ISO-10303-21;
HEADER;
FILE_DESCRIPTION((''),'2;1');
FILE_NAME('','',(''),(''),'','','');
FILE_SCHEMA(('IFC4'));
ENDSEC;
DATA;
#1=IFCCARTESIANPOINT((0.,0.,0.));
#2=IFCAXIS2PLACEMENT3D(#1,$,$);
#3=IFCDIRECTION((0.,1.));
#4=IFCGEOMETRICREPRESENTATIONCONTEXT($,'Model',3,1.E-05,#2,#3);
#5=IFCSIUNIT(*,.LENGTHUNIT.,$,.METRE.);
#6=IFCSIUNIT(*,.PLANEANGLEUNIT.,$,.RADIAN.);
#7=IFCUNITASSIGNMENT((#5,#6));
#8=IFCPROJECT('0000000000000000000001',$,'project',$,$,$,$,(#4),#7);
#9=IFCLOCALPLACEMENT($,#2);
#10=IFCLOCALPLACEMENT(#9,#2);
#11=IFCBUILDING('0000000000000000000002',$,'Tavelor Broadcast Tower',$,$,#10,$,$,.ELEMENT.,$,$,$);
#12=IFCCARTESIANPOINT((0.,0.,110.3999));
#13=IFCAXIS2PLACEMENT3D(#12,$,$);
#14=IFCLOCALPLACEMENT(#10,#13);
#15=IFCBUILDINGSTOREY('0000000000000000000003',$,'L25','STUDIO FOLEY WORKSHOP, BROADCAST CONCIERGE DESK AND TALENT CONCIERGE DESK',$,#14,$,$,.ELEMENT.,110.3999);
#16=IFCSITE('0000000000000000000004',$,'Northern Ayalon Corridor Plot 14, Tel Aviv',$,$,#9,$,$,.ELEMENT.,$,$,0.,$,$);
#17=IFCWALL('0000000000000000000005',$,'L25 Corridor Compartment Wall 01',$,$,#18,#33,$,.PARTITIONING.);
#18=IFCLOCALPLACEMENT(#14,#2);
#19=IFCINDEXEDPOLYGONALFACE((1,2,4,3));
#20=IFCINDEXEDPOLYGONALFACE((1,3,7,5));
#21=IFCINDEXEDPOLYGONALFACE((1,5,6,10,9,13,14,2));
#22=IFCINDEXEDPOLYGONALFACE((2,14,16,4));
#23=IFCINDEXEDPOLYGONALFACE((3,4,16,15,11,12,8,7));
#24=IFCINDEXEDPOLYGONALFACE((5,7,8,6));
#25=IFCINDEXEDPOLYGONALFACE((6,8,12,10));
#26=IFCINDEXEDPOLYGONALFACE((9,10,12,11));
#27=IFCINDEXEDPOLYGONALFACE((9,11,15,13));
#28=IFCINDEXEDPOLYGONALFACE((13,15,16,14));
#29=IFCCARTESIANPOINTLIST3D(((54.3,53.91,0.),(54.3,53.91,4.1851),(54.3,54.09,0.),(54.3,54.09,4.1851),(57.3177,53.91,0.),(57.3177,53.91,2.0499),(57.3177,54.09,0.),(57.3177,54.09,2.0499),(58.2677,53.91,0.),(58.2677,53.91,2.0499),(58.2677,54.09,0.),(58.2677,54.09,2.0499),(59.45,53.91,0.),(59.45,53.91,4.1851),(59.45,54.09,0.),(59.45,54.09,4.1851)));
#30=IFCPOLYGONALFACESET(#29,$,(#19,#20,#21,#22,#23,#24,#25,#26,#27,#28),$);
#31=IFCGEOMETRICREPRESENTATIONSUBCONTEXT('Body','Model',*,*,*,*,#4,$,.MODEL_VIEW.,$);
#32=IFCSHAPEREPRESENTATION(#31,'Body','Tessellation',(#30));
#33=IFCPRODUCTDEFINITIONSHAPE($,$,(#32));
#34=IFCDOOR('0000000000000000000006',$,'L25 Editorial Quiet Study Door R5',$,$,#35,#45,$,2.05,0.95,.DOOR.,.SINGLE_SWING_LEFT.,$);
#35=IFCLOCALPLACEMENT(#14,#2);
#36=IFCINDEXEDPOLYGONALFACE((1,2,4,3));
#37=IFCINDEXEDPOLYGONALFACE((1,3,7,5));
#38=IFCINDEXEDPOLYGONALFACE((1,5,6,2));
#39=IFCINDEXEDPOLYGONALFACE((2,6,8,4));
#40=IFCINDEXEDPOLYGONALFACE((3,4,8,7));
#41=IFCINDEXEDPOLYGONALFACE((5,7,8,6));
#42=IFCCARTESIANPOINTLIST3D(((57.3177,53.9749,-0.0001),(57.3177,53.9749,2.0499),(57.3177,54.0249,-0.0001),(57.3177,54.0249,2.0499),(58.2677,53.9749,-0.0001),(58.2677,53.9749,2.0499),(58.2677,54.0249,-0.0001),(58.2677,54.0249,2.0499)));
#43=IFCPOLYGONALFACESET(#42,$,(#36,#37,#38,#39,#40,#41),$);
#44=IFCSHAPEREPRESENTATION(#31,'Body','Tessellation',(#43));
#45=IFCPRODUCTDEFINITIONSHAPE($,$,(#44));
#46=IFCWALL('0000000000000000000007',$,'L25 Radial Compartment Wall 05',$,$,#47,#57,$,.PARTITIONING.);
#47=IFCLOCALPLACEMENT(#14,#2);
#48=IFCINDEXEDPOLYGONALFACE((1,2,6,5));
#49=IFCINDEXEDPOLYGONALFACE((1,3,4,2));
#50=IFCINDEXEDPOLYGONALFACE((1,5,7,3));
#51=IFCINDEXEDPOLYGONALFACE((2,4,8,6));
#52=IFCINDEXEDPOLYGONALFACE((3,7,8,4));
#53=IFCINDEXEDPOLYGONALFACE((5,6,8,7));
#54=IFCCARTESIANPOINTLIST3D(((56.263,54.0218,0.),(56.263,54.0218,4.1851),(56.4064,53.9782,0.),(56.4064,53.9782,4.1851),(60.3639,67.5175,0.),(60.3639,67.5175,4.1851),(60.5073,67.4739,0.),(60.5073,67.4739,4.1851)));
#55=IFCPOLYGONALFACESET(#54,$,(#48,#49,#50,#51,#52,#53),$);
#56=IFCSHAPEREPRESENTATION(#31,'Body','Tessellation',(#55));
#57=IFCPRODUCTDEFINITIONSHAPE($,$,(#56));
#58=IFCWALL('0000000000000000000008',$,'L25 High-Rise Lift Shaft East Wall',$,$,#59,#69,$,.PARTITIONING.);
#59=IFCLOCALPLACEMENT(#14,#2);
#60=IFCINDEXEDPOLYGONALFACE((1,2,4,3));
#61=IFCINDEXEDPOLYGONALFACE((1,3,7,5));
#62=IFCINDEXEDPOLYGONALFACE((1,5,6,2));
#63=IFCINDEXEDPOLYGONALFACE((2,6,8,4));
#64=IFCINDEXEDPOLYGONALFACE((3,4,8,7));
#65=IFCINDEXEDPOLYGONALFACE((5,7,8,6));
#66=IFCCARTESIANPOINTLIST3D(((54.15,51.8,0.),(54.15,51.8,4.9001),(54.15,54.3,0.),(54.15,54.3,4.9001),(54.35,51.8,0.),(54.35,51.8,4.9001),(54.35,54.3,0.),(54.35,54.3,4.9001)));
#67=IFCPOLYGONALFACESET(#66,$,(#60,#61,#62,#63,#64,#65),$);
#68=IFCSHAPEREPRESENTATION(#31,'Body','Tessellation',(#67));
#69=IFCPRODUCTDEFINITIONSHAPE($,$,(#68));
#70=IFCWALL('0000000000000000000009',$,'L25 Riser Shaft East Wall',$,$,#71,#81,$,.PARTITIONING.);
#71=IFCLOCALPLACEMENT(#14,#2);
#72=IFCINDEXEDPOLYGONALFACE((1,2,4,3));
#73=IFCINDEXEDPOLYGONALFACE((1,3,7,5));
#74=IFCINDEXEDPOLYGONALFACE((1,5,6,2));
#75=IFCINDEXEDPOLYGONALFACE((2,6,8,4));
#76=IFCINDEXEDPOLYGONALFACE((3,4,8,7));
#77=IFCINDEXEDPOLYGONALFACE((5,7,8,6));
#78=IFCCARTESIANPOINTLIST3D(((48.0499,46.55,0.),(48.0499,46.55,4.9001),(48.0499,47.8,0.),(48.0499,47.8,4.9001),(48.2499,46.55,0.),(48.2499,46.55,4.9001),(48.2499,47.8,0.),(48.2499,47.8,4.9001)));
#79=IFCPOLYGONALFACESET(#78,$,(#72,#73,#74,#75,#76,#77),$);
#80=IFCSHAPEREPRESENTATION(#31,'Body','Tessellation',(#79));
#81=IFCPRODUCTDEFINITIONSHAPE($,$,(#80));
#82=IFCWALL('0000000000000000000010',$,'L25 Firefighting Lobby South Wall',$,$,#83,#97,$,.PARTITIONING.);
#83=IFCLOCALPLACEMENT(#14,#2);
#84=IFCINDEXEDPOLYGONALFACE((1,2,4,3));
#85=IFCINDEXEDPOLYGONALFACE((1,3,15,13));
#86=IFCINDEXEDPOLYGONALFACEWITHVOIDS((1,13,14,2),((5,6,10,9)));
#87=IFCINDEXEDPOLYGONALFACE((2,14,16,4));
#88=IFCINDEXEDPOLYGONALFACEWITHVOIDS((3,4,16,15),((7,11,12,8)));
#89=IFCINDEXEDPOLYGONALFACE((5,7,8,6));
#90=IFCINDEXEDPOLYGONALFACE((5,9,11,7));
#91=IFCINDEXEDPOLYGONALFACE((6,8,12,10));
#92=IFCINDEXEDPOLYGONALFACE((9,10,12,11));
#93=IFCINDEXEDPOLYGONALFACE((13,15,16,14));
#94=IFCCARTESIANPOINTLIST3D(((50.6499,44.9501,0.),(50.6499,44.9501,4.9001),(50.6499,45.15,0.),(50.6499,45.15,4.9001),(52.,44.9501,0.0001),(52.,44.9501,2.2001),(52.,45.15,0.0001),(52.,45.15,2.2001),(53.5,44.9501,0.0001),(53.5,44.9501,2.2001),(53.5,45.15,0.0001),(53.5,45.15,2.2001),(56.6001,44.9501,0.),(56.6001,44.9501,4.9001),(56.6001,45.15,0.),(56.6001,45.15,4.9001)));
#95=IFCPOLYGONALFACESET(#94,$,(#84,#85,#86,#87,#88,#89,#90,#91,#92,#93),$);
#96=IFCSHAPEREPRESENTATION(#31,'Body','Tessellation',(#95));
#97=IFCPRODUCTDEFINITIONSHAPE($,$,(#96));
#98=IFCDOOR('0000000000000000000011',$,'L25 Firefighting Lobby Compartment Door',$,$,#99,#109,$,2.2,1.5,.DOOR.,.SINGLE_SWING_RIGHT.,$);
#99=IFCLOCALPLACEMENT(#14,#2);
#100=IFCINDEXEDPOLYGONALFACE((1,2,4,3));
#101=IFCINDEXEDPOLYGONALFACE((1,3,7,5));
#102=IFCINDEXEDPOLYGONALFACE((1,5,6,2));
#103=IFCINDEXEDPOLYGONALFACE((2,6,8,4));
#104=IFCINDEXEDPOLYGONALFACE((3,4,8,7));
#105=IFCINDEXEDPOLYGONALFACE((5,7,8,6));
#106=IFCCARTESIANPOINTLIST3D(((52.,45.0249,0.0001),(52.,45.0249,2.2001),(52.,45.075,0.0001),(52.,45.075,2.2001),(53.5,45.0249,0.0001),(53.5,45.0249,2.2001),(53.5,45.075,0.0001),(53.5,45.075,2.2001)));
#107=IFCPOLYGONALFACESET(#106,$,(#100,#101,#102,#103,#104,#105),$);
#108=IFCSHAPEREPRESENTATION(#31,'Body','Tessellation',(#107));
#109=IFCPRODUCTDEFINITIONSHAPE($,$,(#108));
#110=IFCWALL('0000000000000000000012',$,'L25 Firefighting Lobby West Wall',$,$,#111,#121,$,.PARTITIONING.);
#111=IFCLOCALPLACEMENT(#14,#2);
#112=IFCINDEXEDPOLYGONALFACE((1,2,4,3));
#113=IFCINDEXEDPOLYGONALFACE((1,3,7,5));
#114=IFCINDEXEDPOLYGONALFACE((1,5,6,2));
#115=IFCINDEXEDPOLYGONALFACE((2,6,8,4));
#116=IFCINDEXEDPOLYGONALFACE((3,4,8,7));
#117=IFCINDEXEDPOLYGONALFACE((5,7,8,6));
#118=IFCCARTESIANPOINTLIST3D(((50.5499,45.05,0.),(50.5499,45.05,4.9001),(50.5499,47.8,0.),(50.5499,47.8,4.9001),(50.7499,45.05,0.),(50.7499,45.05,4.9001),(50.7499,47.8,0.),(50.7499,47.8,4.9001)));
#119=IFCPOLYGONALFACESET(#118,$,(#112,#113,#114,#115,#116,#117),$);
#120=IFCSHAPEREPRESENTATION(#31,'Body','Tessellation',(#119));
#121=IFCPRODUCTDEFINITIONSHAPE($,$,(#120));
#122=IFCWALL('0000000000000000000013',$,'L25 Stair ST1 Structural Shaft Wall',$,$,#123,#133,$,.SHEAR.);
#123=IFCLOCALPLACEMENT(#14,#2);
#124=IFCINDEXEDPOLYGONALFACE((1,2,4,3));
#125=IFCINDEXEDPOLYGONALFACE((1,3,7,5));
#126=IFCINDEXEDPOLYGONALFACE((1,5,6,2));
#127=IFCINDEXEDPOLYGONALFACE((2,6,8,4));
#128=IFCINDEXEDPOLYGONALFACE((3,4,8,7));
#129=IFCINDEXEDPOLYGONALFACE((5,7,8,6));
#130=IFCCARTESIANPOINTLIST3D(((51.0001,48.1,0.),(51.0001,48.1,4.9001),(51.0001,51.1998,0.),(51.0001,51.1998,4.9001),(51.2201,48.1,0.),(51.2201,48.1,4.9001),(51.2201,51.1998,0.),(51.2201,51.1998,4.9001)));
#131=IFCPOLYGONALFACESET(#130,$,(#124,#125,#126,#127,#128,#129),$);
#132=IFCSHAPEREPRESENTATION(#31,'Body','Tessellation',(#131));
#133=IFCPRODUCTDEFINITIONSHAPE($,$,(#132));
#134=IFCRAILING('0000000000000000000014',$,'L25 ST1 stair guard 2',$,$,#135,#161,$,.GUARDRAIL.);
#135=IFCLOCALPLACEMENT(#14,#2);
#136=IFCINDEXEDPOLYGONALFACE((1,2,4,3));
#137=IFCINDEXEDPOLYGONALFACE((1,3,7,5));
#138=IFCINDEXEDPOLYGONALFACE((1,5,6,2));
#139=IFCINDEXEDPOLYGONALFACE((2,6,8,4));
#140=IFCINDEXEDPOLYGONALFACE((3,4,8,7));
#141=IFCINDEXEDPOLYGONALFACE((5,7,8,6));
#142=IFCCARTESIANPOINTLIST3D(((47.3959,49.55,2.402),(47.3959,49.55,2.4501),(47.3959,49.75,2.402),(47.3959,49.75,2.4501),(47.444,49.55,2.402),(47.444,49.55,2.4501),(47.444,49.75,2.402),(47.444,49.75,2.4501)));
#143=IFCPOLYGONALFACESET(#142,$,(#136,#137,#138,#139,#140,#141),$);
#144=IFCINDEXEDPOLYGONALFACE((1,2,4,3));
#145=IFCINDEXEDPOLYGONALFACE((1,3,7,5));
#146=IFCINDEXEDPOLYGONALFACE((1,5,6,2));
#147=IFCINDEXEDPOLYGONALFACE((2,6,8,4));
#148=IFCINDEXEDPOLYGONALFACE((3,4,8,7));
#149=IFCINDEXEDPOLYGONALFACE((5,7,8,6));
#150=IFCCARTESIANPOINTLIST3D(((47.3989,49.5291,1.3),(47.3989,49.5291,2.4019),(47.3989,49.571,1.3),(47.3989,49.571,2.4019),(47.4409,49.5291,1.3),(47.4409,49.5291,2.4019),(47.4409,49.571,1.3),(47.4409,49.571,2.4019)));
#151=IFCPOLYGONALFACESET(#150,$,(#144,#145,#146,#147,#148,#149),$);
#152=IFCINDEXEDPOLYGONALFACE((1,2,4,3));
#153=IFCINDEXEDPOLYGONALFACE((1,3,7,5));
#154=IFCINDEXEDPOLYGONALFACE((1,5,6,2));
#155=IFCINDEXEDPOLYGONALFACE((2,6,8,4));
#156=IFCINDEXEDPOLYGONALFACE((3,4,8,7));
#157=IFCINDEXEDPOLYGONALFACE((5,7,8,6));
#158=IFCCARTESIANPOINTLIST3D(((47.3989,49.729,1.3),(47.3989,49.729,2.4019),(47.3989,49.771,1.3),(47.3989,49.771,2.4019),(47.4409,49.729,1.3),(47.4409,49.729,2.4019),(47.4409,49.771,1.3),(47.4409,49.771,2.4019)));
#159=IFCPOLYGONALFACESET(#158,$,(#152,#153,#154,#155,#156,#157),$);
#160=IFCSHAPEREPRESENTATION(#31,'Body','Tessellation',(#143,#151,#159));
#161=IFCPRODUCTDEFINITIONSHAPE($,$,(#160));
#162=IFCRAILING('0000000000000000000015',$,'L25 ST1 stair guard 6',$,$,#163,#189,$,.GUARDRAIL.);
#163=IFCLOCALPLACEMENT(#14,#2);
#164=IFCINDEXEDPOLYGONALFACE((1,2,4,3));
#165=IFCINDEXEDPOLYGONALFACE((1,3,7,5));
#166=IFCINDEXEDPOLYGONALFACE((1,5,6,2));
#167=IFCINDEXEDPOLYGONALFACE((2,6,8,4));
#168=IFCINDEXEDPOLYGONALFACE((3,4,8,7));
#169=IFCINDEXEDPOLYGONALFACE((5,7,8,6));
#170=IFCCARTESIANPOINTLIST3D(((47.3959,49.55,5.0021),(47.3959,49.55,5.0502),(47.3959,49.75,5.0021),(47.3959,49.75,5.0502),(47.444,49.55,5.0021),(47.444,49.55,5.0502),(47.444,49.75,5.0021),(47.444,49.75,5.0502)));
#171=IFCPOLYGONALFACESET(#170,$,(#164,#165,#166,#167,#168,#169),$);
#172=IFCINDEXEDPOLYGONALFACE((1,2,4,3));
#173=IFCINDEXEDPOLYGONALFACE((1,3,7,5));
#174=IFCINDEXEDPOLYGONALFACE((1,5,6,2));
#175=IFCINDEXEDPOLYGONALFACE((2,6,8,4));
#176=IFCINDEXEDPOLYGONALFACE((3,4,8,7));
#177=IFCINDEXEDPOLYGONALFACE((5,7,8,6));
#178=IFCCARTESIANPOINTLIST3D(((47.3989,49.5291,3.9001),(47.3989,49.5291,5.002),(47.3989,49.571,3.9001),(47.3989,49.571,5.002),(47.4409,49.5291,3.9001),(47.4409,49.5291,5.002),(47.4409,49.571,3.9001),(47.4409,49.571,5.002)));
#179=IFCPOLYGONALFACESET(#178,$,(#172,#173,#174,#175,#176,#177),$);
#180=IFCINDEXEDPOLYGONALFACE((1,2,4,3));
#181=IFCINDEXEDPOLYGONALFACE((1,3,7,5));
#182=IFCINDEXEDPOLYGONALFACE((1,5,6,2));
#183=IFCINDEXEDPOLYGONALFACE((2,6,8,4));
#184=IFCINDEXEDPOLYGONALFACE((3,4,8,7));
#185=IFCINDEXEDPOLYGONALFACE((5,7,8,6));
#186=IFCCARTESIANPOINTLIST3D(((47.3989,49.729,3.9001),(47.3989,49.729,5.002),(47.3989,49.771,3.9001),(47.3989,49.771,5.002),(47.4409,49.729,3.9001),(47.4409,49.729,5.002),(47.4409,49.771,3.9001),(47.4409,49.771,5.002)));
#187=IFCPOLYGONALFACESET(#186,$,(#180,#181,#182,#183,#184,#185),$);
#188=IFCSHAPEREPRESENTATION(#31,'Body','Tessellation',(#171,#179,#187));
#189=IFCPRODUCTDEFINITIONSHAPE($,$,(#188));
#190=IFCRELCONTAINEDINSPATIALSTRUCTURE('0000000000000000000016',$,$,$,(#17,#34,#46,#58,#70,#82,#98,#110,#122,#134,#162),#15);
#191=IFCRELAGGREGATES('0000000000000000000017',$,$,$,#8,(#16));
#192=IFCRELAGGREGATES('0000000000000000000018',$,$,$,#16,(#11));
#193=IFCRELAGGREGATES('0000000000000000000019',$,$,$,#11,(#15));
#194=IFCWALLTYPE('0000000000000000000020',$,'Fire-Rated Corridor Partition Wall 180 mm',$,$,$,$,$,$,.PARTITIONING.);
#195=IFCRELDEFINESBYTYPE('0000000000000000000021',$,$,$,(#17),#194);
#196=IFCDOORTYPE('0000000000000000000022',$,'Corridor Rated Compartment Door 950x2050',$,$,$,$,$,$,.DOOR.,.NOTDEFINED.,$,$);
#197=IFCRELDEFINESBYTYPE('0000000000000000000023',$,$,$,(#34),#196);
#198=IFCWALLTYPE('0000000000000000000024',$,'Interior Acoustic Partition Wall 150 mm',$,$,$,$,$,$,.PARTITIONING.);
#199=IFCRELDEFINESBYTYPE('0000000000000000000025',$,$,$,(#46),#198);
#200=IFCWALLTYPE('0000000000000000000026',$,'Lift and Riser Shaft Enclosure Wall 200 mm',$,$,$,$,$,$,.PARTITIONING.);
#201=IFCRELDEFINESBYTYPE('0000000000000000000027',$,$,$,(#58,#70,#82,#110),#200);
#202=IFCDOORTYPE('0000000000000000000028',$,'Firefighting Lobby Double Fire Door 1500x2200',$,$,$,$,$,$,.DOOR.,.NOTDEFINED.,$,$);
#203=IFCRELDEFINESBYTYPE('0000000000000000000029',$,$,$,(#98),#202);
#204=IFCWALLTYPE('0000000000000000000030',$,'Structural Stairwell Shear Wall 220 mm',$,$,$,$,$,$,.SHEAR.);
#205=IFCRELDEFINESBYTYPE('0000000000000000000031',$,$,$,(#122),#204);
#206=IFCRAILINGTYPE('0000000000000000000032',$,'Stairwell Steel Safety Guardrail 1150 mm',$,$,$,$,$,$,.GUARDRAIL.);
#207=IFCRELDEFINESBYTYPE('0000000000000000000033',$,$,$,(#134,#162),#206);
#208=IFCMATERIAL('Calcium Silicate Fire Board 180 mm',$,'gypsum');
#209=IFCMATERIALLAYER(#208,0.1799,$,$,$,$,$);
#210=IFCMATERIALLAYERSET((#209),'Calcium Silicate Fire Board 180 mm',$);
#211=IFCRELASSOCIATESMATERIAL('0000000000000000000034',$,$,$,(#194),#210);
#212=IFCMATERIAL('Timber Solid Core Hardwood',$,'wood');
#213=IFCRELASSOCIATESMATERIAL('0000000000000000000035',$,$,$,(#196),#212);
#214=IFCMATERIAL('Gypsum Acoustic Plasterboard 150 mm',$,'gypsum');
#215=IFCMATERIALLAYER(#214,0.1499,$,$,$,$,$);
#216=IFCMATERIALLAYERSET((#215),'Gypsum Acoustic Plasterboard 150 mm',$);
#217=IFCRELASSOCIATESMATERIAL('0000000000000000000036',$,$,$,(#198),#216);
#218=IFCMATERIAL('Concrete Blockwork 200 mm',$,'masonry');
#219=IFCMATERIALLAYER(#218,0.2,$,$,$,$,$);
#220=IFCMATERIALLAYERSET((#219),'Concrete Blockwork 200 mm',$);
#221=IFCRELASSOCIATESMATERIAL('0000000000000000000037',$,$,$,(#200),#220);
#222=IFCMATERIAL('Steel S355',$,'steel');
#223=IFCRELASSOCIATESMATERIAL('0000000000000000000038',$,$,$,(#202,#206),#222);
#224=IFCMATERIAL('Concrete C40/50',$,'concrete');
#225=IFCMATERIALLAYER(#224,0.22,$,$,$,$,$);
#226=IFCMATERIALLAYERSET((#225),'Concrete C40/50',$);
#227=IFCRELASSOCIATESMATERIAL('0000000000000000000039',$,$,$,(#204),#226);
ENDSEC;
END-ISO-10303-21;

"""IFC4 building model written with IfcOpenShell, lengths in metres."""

from ifc_helpers import new_model, si_unit, direction, frame, frame_2d, origin, origin_2d, place, context, subcontext, project, spatial, rectangle, extrude, material, layer, layer_set, type_object, element, fill, save


model = new_model("IFC4")

# Units and contexts
model_context = context("Model", 3, precision=1e-05, world=origin(), true_north=direction((0.0, 1.0)))
body_context = subcontext(model_context, "Body", "Model", "MODEL_VIEW")
ifc_project = project(units=[si_unit("LENGTHUNIT", "METRE"), si_unit("PLANEANGLEUNIT", "RADIAN")], contexts=[model_context])

# Site, building, storey
site_placement = place(None, origin())
site = spatial("IfcSite", under=ifc_project, at=site_placement, Name="Northern Ayalon Corridor Plot 14, Tel Aviv", CompositionType="ELEMENT", RefElevation=0.0)
building_placement = place(site_placement, origin())
building = spatial("IfcBuilding", under=site, at=building_placement, Name="Tavelor Broadcast Tower", CompositionType="ELEMENT")
storey_placement = place(building_placement, frame((0.0, 0.0, 110.3999)))
storey = spatial("IfcBuildingStorey", under=building, at=storey_placement, Name="L25", Description="STUDIO FOLEY WORKSHOP, BROADCAST CONCIERGE DESK AND TALENT CONCIERGE DESK", CompositionType="ELEMENT", Elevation=110.3999)

# Shared definitions
ifc_material_1 = material(Name="Concrete C40/50", Category="concrete")
ifc_material_2 = material(Name="Steel S355", Category="steel")

# Wall, opening, door
ifc_material_3 = material(Name="Calcium Silicate Fire Board 180 mm", Category="gypsum")
ifc_layer_1 = layer(ifc_material_3, 0.1799)
ifc_layer_set_1 = layer_set([ifc_layer_1], Name="Calcium Silicate Fire Board 180 mm")
wall_type_1 = type_object("IfcWallType", Name="Fire-Rated Corridor Partition Wall 180 mm", PredefinedType="PARTITIONING", material=ifc_layer_set_1)
wall_1_placement = place(storey_placement, frame((54.3, 54.0, 0.0), z_axis=(0.0, 0.0, 1.0), x_axis=(1.0, 0.0, 0.0)))
wall_1 = element("IfcWall", 1, at=wall_1_placement, inside=storey, type_object=wall_type_1, Name="L25 Corridor Compartment Wall 01", PredefinedType="PARTITIONING", context=body_context, shape_type="SweptSolid", body=[
    extrude(rectangle(XDim=5.1499, YDim=0.1799, at=frame_2d((2.575, 0.0))), origin(), (0.0, 0.0, 1.0), 4.1851),
])
opening_1_placement = place(wall_1_placement, frame((3.0176, 0.0, 0.0)))
opening_1 = element("IfcOpeningElement", 2, at=opening_1_placement, cuts=wall_1, PredefinedType="OPENING", context=body_context, shape_type="SweptSolid", body=[
    extrude(rectangle(XDim=0.95, YDim=2.05, at=frame_2d((0.4751, 1.0249))), frame((0.0, 0.1001, 0.0), z_axis=(0.0, -1.0, 0.0), x_axis=(1.0, 0.0, 0.0)), (0.0, 0.0, 1.0), 0.2),
])
ifc_material_4 = material(Name="Timber Solid Core Hardwood", Category="wood")
door_type_1 = type_object("IfcDoorType", Name="Corridor Rated Compartment Door 950x2050", OperationType="NOTDEFINED", PredefinedType="DOOR", material=ifc_material_4)
door_1_placement = place(opening_1_placement, origin())
door_1 = element("IfcDoor", 3, at=door_1_placement, inside=storey, type_object=door_type_1, Name="L25 Editorial Quiet Study Door R5", OperationType="SINGLE_SWING_LEFT", OverallHeight=2.05, OverallWidth=0.95, PredefinedType="DOOR", context=body_context, shape_type="SweptSolid", body=[
    extrude(rectangle(XDim=0.95, YDim=2.05, at=frame_2d((0.4751, 1.0249))), frame((0.0, 0.0249, 0.0), z_axis=(0.0, -1.0, 0.0), x_axis=(1.0, 0.0, 0.0)), (0.0, 0.0, 1.0), 0.05),
])
fill(opening_1, door_1)

# Walls
ifc_material_5 = material(Name="Gypsum Acoustic Plasterboard 150 mm", Category="gypsum")
ifc_layer_2 = layer(ifc_material_5, 0.1499)
ifc_layer_set_2 = layer_set([ifc_layer_2], Name="Gypsum Acoustic Plasterboard 150 mm")
wall_type_2 = type_object("IfcWallType", Name="Interior Acoustic Partition Wall 150 mm", PredefinedType="PARTITIONING", material=ifc_layer_set_2)
wall_2_placement = place(storey_placement, frame((56.3347, 54.0, 0.0), z_axis=(0.0, 0.0, 1.0), x_axis=(0.290738, 0.956803, 0.0)))
element("IfcWall", 4, at=wall_2_placement, inside=storey, type_object=wall_type_2, Name="L25 Radial Compartment Wall 05", PredefinedType="PARTITIONING", context=body_context, shape_type="SweptSolid", body=[
    extrude(rectangle(XDim=14.105, YDim=0.1499, at=frame_2d((7.0525, 0.0))), origin(), (0.0, 0.0, 1.0), 4.1851),
])
ifc_material_6 = material(Name="Concrete Blockwork 200 mm", Category="masonry")
ifc_layer_3 = layer(ifc_material_6, 0.2)
ifc_layer_set_3 = layer_set([ifc_layer_3], Name="Concrete Blockwork 200 mm")
wall_type_3 = type_object("IfcWallType", Name="Lift and Riser Shaft Enclosure Wall 200 mm", PredefinedType="PARTITIONING", material=ifc_layer_set_3)
wall_3_placement = place(storey_placement, frame((54.25, 51.8, 0.0), z_axis=(0.0, 0.0, 1.0), x_axis=(0.0, 1.0, 0.0)))
element("IfcWall", 5, at=wall_3_placement, inside=storey, type_object=wall_type_3, Name="L25 High-Rise Lift Shaft East Wall", PredefinedType="PARTITIONING", context=body_context, shape_type="SweptSolid", body=[
    extrude(rectangle(XDim=2.5, YDim=0.2, at=frame_2d((1.25, 0.0))), origin(), (0.0, 0.0, 1.0), 4.9001),
])
wall_4_placement = place(storey_placement, frame((48.1499, 46.55, 0.0), z_axis=(0.0, 0.0, 1.0), x_axis=(0.0, 1.0, 0.0)))
element("IfcWall", 6, at=wall_4_placement, inside=storey, type_object=wall_type_3, Name="L25 Riser Shaft East Wall", PredefinedType="PARTITIONING", context=body_context, shape_type="SweptSolid", body=[
    extrude(rectangle(XDim=1.25, YDim=0.2, at=frame_2d((0.625, 0.0))), origin(), (0.0, 0.0, 1.0), 4.9001),
])

# Wall, opening, door
wall_5_placement = place(storey_placement, frame((50.6499, 45.05, 0.0), z_axis=(0.0, 0.0, 1.0), x_axis=(1.0, 0.0, 0.0)))
wall_5 = element("IfcWall", 7, at=wall_5_placement, inside=storey, type_object=wall_type_3, Name="L25 Firefighting Lobby South Wall", PredefinedType="PARTITIONING", context=body_context, shape_type="SweptSolid", body=[
    extrude(rectangle(XDim=5.9502, YDim=0.2, at=frame_2d((2.9751, 0.0))), origin(), (0.0, 0.0, 1.0), 4.9001),
])
opening_2_placement = place(wall_5_placement, frame((1.3501, 0.0, 0.0)))
opening_2 = element("IfcOpeningElement", 8, at=opening_2_placement, cuts=wall_5, PredefinedType="OPENING", context=body_context, shape_type="SweptSolid", body=[
    extrude(rectangle(XDim=1.5, YDim=2.2, at=frame_2d((0.75, 1.1001))), frame((0.0, 0.1099, 0.0), z_axis=(0.0, -1.0, 0.0), x_axis=(1.0, 0.0, 0.0)), (0.0, 0.0, 1.0), 0.22),
])
door_type_2 = type_object("IfcDoorType", Name="Firefighting Lobby Double Fire Door 1500x2200", OperationType="NOTDEFINED", PredefinedType="DOOR", material=ifc_material_2)
door_2_placement = place(opening_2_placement, origin())
door_2 = element("IfcDoor", 9, at=door_2_placement, inside=storey, type_object=door_type_2, Name="L25 Firefighting Lobby Compartment Door", OperationType="SINGLE_SWING_RIGHT", OverallHeight=2.2, OverallWidth=1.5, PredefinedType="DOOR", context=body_context, shape_type="SweptSolid", body=[
    extrude(rectangle(XDim=1.5, YDim=2.2, at=frame_2d((0.75, 1.1001))), frame((0.0, 0.0249, 0.0), z_axis=(0.0, -1.0, 0.0), x_axis=(1.0, 0.0, 0.0)), (0.0, 0.0, 1.0), 0.05),
])
fill(opening_2, door_2)

# Walls
wall_6_placement = place(storey_placement, frame((50.6499, 45.05, 0.0), z_axis=(0.0, 0.0, 1.0), x_axis=(0.0, 1.0, 0.0)))
element("IfcWall", 10, at=wall_6_placement, inside=storey, type_object=wall_type_3, Name="L25 Firefighting Lobby West Wall", PredefinedType="PARTITIONING", context=body_context, shape_type="SweptSolid", body=[
    extrude(rectangle(XDim=2.75, YDim=0.2, at=frame_2d((1.375, 0.0))), origin(), (0.0, 0.0, 1.0), 4.9001),
])
ifc_layer_4 = layer(ifc_material_1, 0.22)
ifc_layer_set_4 = layer_set([ifc_layer_4], Name="Concrete C40/50")
wall_type_4 = type_object("IfcWallType", Name="Structural Stairwell Shear Wall 220 mm", PredefinedType="SHEAR", material=ifc_layer_set_4)
wall_7_placement = place(storey_placement, frame((51.1101, 48.1001, 0.0), z_axis=(0.0, 0.0, 1.0), x_axis=(0.0, 1.0, 0.0)))
element("IfcWall", 11, at=wall_7_placement, inside=storey, type_object=wall_type_4, Name="L25 Stair ST1 Structural Shaft Wall", PredefinedType="SHEAR", context=body_context, shape_type="SweptSolid", body=[
    extrude(rectangle(XDim=3.0999, YDim=0.22, at=frame_2d((1.5498, 0.0))), origin(), (0.0, 0.0, 1.0), 4.9001),
])

# Railings
railing_type = type_object("IfcRailingType", Name="Stairwell Steel Safety Guardrail 1150 mm", PredefinedType="GUARDRAIL", material=ifc_material_2)
for number, where, name in (
    (12, (47.4199, 49.55, 1.3), "L25 ST1 stair guard 2"),
    (13, (47.4199, 49.55, 3.9001), "L25 ST1 stair guard 6"),
):
    element("IfcRailing", number, at=place(storey_placement, frame(where)), inside=storey, type_object=railing_type, Name=name, PredefinedType="GUARDRAIL", context=body_context, shape_type="SweptSolid", body=[
        extrude(rectangle(XDim=0.0481, YDim=0.0481, at=origin_2d()), frame((0.0, 0.0, 1.126), z_axis=(0.0, 1.0, 0.0), x_axis=(-1.0, 0.0, 0.0)), (0.0, 0.0, 1.0), 0.2),
        extrude(rectangle(XDim=0.042, YDim=0.042, at=origin_2d()), origin(), (0.0, 0.0, 1.0), 1.1018),
        extrude(rectangle(XDim=0.042, YDim=0.042, at=origin_2d()), frame((0.0, 0.2, 0.0)), (0.0, 0.0, 1.0), 1.1018),
    ])

save(model, "model.ifc")
